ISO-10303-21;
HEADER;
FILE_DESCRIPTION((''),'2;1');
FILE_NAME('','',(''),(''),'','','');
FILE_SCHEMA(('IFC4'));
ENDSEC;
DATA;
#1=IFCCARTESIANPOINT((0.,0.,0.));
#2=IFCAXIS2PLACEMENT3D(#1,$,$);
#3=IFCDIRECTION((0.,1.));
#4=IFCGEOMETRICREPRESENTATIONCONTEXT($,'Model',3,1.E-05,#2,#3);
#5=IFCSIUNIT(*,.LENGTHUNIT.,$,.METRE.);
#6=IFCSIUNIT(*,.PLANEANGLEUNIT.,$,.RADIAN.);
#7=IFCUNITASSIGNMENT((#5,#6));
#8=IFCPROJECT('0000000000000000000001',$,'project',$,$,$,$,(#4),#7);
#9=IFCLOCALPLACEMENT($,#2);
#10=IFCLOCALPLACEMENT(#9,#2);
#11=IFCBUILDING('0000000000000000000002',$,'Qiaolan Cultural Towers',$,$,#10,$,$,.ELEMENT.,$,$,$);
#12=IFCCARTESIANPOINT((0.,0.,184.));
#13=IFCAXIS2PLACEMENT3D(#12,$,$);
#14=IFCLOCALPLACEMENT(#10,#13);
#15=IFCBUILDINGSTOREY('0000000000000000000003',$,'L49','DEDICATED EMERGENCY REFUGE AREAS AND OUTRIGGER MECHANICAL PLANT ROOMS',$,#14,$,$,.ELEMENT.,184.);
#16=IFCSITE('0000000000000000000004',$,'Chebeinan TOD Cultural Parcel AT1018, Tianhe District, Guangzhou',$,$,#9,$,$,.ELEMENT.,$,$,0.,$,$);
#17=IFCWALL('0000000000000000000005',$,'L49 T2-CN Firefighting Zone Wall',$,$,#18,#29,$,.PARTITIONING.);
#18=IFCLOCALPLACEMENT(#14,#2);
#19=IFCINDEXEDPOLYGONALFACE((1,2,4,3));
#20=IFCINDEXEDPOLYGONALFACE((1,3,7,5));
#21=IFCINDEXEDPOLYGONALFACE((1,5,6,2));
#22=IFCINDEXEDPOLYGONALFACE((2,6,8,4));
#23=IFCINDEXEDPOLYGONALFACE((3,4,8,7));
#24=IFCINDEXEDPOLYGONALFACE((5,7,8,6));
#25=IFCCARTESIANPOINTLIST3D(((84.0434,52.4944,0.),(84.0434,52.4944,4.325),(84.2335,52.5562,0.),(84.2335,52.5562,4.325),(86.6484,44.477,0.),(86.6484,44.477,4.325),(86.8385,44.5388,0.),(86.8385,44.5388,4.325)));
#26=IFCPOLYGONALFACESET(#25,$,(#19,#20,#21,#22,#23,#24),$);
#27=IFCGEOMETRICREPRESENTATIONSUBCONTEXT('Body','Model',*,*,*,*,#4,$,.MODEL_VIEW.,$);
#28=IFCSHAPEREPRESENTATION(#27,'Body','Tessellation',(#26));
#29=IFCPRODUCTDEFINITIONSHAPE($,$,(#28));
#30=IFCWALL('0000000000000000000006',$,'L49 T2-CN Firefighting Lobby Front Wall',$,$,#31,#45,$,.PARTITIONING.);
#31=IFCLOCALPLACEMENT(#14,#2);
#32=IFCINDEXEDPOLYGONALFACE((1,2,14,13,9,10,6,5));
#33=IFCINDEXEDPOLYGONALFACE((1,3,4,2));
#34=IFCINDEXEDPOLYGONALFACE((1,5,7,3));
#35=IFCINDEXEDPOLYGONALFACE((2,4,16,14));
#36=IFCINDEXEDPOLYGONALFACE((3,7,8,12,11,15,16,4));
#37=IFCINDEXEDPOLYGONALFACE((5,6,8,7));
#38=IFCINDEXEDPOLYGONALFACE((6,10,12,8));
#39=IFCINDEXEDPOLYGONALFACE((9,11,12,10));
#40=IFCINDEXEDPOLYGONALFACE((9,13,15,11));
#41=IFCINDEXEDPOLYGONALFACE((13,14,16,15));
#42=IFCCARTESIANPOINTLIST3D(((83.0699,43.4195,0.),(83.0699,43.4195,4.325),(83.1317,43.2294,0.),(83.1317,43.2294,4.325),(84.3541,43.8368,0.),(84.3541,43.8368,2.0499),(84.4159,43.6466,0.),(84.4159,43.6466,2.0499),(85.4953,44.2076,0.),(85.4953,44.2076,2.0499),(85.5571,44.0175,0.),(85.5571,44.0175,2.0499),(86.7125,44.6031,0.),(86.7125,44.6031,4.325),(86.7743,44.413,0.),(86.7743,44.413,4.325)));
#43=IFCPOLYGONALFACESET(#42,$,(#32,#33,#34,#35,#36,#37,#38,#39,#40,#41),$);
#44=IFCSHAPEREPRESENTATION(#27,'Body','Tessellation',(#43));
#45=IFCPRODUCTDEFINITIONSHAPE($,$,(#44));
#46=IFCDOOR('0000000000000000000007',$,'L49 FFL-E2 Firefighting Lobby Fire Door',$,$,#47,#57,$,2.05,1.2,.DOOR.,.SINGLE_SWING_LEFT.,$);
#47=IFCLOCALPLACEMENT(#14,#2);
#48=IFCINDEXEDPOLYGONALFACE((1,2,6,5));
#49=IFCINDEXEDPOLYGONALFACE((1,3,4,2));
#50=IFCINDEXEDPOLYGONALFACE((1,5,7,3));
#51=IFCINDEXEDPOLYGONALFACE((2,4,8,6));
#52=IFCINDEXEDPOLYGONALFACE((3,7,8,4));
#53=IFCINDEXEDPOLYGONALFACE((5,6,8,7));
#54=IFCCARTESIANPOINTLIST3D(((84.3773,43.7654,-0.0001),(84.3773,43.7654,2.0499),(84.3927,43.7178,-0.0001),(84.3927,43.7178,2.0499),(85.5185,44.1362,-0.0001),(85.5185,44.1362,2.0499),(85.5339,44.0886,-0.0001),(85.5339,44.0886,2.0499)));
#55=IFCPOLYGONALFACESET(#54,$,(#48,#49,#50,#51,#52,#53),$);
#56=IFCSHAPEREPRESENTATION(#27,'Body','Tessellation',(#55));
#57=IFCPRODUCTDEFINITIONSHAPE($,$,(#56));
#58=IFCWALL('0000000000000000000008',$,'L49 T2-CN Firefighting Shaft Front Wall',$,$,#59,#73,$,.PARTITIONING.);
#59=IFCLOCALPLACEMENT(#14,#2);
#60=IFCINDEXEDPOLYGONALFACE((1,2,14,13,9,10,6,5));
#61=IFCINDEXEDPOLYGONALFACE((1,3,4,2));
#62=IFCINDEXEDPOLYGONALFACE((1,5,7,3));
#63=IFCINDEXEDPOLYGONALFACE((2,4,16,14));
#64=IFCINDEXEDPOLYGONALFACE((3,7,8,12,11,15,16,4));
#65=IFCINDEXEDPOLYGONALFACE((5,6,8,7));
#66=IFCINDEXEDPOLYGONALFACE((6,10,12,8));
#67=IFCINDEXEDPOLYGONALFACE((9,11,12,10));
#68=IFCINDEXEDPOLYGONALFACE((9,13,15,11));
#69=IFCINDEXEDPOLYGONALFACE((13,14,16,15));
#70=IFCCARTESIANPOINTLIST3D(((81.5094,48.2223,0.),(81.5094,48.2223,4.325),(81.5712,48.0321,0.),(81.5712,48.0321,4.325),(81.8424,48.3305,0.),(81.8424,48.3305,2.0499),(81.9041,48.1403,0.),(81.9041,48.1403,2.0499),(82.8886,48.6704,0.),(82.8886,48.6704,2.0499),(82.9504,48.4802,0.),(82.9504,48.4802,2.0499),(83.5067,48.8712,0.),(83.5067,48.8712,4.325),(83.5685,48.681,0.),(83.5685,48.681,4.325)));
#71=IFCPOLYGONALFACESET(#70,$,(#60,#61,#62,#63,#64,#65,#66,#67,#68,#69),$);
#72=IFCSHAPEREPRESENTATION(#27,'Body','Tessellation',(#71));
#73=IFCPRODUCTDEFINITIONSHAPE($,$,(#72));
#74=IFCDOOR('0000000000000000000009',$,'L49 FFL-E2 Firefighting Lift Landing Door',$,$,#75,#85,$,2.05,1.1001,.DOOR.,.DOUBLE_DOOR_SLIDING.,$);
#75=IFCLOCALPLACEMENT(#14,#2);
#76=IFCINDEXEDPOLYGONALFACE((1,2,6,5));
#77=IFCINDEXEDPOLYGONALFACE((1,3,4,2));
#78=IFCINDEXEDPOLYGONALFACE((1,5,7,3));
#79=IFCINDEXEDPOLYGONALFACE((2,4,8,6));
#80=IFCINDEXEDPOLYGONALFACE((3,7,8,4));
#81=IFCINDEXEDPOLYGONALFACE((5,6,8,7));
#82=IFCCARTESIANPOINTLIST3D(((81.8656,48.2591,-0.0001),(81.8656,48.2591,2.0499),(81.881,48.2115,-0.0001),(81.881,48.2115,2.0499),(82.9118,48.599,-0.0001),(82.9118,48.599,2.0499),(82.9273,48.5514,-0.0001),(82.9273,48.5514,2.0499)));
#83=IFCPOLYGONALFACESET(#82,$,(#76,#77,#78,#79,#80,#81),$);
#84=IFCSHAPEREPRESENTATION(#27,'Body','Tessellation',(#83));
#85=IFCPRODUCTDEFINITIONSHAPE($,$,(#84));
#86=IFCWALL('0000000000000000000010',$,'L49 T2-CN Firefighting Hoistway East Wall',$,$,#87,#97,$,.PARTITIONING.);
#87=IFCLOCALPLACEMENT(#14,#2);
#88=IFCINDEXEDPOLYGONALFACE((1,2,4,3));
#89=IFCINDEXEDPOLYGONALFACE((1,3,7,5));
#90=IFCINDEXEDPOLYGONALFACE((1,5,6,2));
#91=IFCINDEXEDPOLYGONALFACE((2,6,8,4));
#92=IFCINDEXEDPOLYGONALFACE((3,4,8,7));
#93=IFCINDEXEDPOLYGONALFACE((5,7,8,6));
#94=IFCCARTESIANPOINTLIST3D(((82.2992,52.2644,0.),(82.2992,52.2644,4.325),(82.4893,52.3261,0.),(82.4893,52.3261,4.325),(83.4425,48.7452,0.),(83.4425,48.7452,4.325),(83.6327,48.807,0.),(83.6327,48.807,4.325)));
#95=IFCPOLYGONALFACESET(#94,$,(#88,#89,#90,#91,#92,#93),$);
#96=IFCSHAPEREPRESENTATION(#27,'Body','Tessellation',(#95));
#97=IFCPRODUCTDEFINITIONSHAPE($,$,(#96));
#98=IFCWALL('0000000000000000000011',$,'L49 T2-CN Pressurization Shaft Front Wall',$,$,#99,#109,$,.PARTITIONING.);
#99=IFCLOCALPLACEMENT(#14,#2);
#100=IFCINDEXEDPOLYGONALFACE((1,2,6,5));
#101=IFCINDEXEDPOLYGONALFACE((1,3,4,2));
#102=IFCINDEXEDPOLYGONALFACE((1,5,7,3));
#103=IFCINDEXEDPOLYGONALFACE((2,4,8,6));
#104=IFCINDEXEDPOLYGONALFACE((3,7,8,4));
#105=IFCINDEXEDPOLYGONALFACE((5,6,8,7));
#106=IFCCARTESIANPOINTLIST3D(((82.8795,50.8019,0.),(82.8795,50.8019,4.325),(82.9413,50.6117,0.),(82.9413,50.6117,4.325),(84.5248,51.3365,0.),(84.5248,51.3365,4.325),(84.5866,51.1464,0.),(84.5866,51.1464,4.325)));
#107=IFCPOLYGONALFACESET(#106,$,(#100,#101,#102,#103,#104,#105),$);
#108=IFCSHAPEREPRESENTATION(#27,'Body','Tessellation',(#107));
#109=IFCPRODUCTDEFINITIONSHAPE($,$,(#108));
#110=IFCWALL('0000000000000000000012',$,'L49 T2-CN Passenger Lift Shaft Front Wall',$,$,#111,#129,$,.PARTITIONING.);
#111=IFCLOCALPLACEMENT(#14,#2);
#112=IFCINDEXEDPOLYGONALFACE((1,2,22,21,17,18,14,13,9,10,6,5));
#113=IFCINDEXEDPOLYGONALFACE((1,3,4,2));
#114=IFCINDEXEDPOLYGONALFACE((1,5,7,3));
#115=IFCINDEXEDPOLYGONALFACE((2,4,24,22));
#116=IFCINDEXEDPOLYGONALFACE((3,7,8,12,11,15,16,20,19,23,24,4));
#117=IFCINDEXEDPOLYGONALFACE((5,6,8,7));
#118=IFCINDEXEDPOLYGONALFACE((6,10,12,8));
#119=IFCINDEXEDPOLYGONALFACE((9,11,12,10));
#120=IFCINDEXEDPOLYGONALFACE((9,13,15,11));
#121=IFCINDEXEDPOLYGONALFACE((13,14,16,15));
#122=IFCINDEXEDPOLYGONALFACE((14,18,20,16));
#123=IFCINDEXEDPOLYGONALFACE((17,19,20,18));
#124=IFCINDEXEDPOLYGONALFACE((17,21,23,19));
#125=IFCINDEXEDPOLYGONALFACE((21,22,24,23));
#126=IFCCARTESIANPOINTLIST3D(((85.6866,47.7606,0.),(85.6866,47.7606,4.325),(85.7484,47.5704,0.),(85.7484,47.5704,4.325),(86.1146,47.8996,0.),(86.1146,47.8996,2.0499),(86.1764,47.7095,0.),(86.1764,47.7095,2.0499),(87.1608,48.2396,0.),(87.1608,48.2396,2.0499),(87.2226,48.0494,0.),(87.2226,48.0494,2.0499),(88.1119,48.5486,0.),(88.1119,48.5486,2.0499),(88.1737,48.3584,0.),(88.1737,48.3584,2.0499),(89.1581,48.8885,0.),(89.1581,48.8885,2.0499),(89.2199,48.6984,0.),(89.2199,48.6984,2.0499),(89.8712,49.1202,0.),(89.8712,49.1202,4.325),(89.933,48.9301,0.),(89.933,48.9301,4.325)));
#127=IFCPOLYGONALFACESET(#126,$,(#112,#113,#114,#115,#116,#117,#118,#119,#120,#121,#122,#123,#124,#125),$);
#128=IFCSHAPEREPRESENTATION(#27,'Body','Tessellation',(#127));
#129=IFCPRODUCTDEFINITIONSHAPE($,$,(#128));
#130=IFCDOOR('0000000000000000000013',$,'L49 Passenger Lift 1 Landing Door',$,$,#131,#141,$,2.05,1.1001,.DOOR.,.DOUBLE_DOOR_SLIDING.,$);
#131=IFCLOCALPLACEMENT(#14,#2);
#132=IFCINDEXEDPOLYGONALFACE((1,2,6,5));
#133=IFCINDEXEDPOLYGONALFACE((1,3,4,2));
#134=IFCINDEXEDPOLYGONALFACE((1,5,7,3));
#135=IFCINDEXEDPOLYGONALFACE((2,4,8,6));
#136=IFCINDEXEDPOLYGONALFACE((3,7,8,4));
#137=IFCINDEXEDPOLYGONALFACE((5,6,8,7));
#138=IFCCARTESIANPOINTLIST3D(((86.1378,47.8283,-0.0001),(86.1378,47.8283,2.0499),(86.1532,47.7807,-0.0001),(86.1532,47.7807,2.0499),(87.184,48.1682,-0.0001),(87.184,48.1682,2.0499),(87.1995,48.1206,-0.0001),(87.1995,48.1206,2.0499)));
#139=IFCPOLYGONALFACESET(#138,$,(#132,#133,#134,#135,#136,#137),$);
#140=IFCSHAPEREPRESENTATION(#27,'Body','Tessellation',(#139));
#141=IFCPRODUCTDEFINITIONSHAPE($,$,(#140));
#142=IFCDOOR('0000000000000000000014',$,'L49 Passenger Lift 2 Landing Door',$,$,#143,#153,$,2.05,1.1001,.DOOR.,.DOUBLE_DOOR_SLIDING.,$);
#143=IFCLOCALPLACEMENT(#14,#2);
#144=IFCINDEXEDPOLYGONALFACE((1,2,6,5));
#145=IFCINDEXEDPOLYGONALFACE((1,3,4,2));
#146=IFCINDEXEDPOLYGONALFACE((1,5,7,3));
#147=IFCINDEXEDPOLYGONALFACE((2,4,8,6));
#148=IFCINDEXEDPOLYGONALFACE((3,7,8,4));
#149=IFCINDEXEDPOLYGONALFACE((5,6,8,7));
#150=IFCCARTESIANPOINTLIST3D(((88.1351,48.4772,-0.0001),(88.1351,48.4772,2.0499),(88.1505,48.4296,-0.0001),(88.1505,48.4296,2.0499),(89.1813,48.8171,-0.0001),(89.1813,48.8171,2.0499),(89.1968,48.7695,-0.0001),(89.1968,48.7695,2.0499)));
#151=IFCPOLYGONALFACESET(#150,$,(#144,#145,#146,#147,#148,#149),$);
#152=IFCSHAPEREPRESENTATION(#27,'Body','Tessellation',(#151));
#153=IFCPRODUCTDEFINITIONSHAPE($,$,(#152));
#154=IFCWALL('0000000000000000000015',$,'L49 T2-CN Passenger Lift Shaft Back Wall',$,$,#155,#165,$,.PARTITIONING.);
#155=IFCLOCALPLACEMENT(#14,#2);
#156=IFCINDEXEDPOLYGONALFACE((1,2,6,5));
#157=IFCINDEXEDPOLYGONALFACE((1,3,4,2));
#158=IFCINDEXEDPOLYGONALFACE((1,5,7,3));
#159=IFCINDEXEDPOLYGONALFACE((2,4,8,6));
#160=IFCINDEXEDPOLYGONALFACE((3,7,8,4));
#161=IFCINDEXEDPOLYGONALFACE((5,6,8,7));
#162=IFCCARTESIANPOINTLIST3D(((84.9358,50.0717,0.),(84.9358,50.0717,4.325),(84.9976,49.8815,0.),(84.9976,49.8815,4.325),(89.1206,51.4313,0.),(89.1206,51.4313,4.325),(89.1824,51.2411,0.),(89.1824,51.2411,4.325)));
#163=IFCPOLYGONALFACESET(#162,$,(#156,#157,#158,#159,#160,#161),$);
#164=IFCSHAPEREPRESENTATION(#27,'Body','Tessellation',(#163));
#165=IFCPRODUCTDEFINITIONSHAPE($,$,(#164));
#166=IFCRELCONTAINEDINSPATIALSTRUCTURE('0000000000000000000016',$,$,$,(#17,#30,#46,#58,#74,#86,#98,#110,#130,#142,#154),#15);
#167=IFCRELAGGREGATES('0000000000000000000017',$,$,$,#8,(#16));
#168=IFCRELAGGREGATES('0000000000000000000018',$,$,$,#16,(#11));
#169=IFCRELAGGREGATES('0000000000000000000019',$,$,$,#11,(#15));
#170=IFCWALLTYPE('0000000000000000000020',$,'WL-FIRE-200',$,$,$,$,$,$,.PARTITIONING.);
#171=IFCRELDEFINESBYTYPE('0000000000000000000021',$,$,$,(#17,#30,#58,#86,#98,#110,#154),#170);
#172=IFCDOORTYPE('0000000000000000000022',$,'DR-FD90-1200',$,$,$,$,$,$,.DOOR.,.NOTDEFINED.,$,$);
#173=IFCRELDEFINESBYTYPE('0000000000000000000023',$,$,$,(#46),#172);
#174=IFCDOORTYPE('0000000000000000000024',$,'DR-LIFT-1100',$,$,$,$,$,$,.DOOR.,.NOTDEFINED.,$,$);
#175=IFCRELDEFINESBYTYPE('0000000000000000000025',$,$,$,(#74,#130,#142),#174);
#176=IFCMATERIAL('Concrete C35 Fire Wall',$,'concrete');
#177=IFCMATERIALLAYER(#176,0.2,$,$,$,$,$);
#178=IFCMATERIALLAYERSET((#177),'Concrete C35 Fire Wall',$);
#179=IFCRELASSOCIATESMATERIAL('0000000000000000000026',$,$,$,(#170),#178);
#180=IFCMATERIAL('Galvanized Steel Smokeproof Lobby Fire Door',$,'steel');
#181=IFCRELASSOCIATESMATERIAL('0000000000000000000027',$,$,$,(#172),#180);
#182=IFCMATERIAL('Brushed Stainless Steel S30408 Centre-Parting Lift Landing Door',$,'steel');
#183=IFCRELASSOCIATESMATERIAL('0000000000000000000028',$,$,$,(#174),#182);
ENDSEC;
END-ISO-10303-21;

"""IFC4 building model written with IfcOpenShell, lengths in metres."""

from ifc_helpers import new_model, si_unit, direction, frame, frame_2d, origin, place, context, subcontext, project, spatial, rectangle, extrude, material, layer, layer_set, type_object, element, fill, save


model = new_model("IFC4")

# Units and contexts
model_context = context("Model", 3, precision=1e-05, world=origin(), true_north=direction((0.0, 1.0)))
body_context = subcontext(model_context, "Body", "Model", "MODEL_VIEW")
ifc_project = project(units=[si_unit("LENGTHUNIT", "METRE"), si_unit("PLANEANGLEUNIT", "RADIAN")], contexts=[model_context])

# Site, building, storey
site_placement = place(None, origin())
site = spatial("IfcSite", under=ifc_project, at=site_placement, Name="Chebeinan TOD Cultural Parcel AT1018, Tianhe District, Guangzhou", CompositionType="ELEMENT", RefElevation=0.0)
building_placement = place(site_placement, origin())
building = spatial("IfcBuilding", under=site, at=building_placement, Name="Qiaolan Cultural Towers", CompositionType="ELEMENT")
storey_placement = place(building_placement, frame((0.0, 0.0, 184.0)))
storey = spatial("IfcBuildingStorey", under=building, at=storey_placement, Name="L49", Description="DEDICATED EMERGENCY REFUGE AREAS AND OUTRIGGER MECHANICAL PLANT ROOMS", CompositionType="ELEMENT", Elevation=184.0)

# Shared definitions
ifc_material_1 = material(Name="Concrete C35 Fire Wall", Category="concrete")
ifc_layer_1 = layer(ifc_material_1, 0.2)
ifc_layer_set_1 = layer_set([ifc_layer_1], Name="Concrete C35 Fire Wall")
wall_type_1 = type_object("IfcWallType", Name="WL-FIRE-200", PredefinedType="PARTITIONING", material=ifc_layer_set_1)

# Wall
wall_1_placement = place(storey_placement, frame((86.7434, 44.5081, 0.0), z_axis=(0.0, 0.0, 1.0), x_axis=(-0.309016, 0.951057, 0.0)))
element("IfcWall", 1, at=wall_1_placement, inside=storey, type_object=wall_type_1, Name="L49 T2-CN Firefighting Zone Wall", PredefinedType="PARTITIONING", context=body_context, shape_type="SweptSolid", body=[
    extrude(rectangle(XDim=8.4299, YDim=0.2, at=frame_2d((4.2148, 0.0))), origin(), (0.0, 0.0, 1.0), 4.325),
])

# Walls, openings, doors
wall_2_placement = place(storey_placement, frame((83.1008, 43.3245, 0.0), z_axis=(0.0, 0.0, 1.0), x_axis=(0.951053, 0.309028, 0.0)))
wall_2 = element("IfcWall", 2, at=wall_2_placement, inside=storey, type_object=wall_type_1, Name="L49 T2-CN Firefighting Lobby Front Wall", PredefinedType="PARTITIONING", context=body_context, shape_type="SweptSolid", body=[
    extrude(rectangle(XDim=3.8301, YDim=0.2, at=frame_2d((1.915, 0.0))), origin(), (0.0, 0.0, 1.0), 4.325),
])
opening_1_placement = place(wall_2_placement, frame((1.3501, 0.0, 0.0)))
opening_1 = element("IfcOpeningElement", 3, at=opening_1_placement, cuts=wall_2, PredefinedType="OPENING", context=body_context, shape_type="SweptSolid", body=[
    extrude(rectangle(XDim=1.2, YDim=2.05, at=frame_2d((0.6001, 1.0249))), frame((0.0, 0.1099, 0.0), z_axis=(0.0, -1.0, 0.0), x_axis=(1.0, 0.0, 0.0)), (0.0, 0.0, 1.0), 0.22),
])
ifc_material_2 = material(Name="Galvanized Steel Smokeproof Lobby Fire Door", Category="steel")
door_type_1 = type_object("IfcDoorType", Name="DR-FD90-1200", OperationType="NOTDEFINED", PredefinedType="DOOR", material=ifc_material_2)
door_1_placement = place(opening_1_placement, origin())
door_1 = element("IfcDoor", 4, at=door_1_placement, inside=storey, type_object=door_type_1, Name="L49 FFL-E2 Firefighting Lobby Fire Door", OperationType="SINGLE_SWING_LEFT", OverallHeight=2.05, OverallWidth=1.2, PredefinedType="DOOR", context=body_context, shape_type="SweptSolid", body=[
    extrude(rectangle(XDim=1.2, YDim=2.05, at=frame_2d((0.6001, 1.0249))), frame((0.0, 0.0249, 0.0), z_axis=(0.0, -1.0, 0.0), x_axis=(1.0, 0.0, 0.0)), (0.0, 0.0, 1.0), 0.05),
])
fill(opening_1, door_1)
wall_3_placement = place(storey_placement, frame((81.5403, 48.1272, 0.0), z_axis=(0.0, 0.0, 1.0), x_axis=(0.951062, 0.308999, 0.0)))
wall_3 = element("IfcWall", 5, at=wall_3_placement, inside=storey, type_object=wall_type_1, Name="L49 T2-CN Firefighting Shaft Front Wall", PredefinedType="PARTITIONING", context=body_context, shape_type="SweptSolid", body=[
    extrude(rectangle(XDim=2.1001, YDim=0.2, at=frame_2d((1.05, 0.0))), origin(), (0.0, 0.0, 1.0), 4.325),
])
opening_2_placement = place(wall_3_placement, frame((0.3501, 0.0, 0.0)))
opening_2 = element("IfcOpeningElement", 6, at=opening_2_placement, cuts=wall_3, PredefinedType="OPENING", context=body_context, shape_type="SweptSolid", body=[
    extrude(rectangle(XDim=1.1001, YDim=2.05, at=frame_2d((0.55, 1.0249))), frame((0.0, 0.1099, 0.0), z_axis=(0.0, -1.0, 0.0), x_axis=(1.0, 0.0, 0.0)), (0.0, 0.0, 1.0), 0.22),
])
ifc_material_3 = material(Name="Brushed Stainless Steel S30408 Centre-Parting Lift Landing Door", Category="steel")
door_type_2 = type_object("IfcDoorType", Name="DR-LIFT-1100", OperationType="NOTDEFINED", PredefinedType="DOOR", material=ifc_material_3)
door_2_placement = place(opening_2_placement, origin())
door_2 = element("IfcDoor", 7, at=door_2_placement, inside=storey, type_object=door_type_2, Name="L49 FFL-E2 Firefighting Lift Landing Door", OperationType="DOUBLE_DOOR_SLIDING", OverallHeight=2.05, OverallWidth=1.1001, PredefinedType="DOOR", context=body_context, shape_type="SweptSolid", body=[
    extrude(rectangle(XDim=1.1001, YDim=2.05, at=frame_2d((0.55, 1.0249))), frame((0.0, 0.0249, 0.0), z_axis=(0.0, -1.0, 0.0), x_axis=(1.0, 0.0, 0.0)), (0.0, 0.0, 1.0), 0.05),
])
fill(opening_2, door_2)

# Walls
wall_4_placement = place(storey_placement, frame((83.5376, 48.7761, 0.0), z_axis=(0.0, 0.0, 1.0), x_axis=(-0.308994, 0.951064, 0.0)))
element("IfcWall", 8, at=wall_4_placement, inside=storey, type_object=wall_type_1, Name="L49 T2-CN Firefighting Hoistway East Wall", PredefinedType="PARTITIONING", context=body_context, shape_type="SweptSolid", body=[
    extrude(rectangle(XDim=3.7002, YDim=0.2, at=frame_2d((1.8501, 0.0))), origin(), (0.0, 0.0, 1.0), 4.325),
])
wall_5_placement = place(storey_placement, frame((82.9104, 50.7068, 0.0), z_axis=(0.0, 0.0, 1.0), x_axis=(0.951041, 0.309064, 0.0)))
element("IfcWall", 9, at=wall_5_placement, inside=storey, type_object=wall_type_1, Name="L49 T2-CN Pressurization Shaft Front Wall", PredefinedType="PARTITIONING", context=body_context, shape_type="SweptSolid", body=[
    extrude(rectangle(XDim=1.73, YDim=0.2, at=frame_2d((0.865, 0.0))), origin(), (0.0, 0.0, 1.0), 4.325),
])

# Wall, openings, doors
wall_6_placement = place(storey_placement, frame((85.7175, 47.6655, 0.0), z_axis=(0.0, 0.0, 1.0), x_axis=(0.951059, 0.309011, 0.0)))
wall_6 = element("IfcWall", 10, at=wall_6_placement, inside=storey, type_object=wall_type_1, Name="L49 T2-CN Passenger Lift Shaft Front Wall", PredefinedType="PARTITIONING", context=body_context, shape_type="SweptSolid", body=[
    extrude(rectangle(XDim=4.3999, YDim=0.2, at=frame_2d((2.2, 0.0))), origin(), (0.0, 0.0, 1.0), 4.325),
])
opening_3_placement = place(wall_6_placement, frame((0.45, 0.0, 0.0)))
opening_3 = element("IfcOpeningElement", 11, at=opening_3_placement, cuts=wall_6, PredefinedType="OPENING", context=body_context, shape_type="SweptSolid", body=[
    extrude(rectangle(XDim=1.1001, YDim=2.05, at=frame_2d((0.55, 1.0249))), frame((0.0, 0.1099, 0.0), z_axis=(0.0, -1.0, 0.0), x_axis=(1.0, 0.0, 0.0)), (0.0, 0.0, 1.0), 0.22),
])
opening_4_placement = place(wall_6_placement, frame((2.55, 0.0, 0.0)))
opening_4 = element("IfcOpeningElement", 12, at=opening_4_placement, cuts=wall_6, PredefinedType="OPENING", context=body_context, shape_type="SweptSolid", body=[
    extrude(rectangle(XDim=1.1001, YDim=2.05, at=frame_2d((0.55, 1.0249))), frame((0.0, 0.1099, 0.0), z_axis=(0.0, -1.0, 0.0), x_axis=(1.0, 0.0, 0.0)), (0.0, 0.0, 1.0), 0.22),
])
door_3_placement = place(opening_3_placement, origin())
door_3 = element("IfcDoor", 13, at=door_3_placement, inside=storey, type_object=door_type_2, Name="L49 Passenger Lift 1 Landing Door", OperationType="DOUBLE_DOOR_SLIDING", OverallHeight=2.05, OverallWidth=1.1001, PredefinedType="DOOR", context=body_context, shape_type="SweptSolid", body=[
    extrude(rectangle(XDim=1.1001, YDim=2.05, at=frame_2d((0.55, 1.0249))), frame((0.0, 0.0249, 0.0), z_axis=(0.0, -1.0, 0.0), x_axis=(1.0, 0.0, 0.0)), (0.0, 0.0, 1.0), 0.05),
])
fill(opening_3, door_3)
door_4_placement = place(opening_4_placement, origin())
door_4 = element("IfcDoor", 14, at=door_4_placement, inside=storey, type_object=door_type_2, Name="L49 Passenger Lift 2 Landing Door", OperationType="DOUBLE_DOOR_SLIDING", OverallHeight=2.05, OverallWidth=1.1001, PredefinedType="DOOR", context=body_context, shape_type="SweptSolid", body=[
    extrude(rectangle(XDim=1.1001, YDim=2.05, at=frame_2d((0.55, 1.0249))), frame((0.0, 0.0249, 0.0), z_axis=(0.0, -1.0, 0.0), x_axis=(1.0, 0.0, 0.0)), (0.0, 0.0, 1.0), 0.05),
])
fill(opening_4, door_4)

# Wall
wall_7_placement = place(storey_placement, frame((84.9666, 49.9766, 0.0), z_axis=(0.0, 0.0, 1.0), x_axis=(0.951064, 0.308994, 0.0)))
element("IfcWall", 15, at=wall_7_placement, inside=storey, type_object=wall_type_1, Name="L49 T2-CN Passenger Lift Shaft Back Wall", PredefinedType="PARTITIONING", context=body_context, shape_type="SweptSolid", body=[
    extrude(rectangle(XDim=4.4001, YDim=0.2, at=frame_2d((2.2002, 0.0))), origin(), (0.0, 0.0, 1.0), 4.325),
])

save(model, "model.ifc")
